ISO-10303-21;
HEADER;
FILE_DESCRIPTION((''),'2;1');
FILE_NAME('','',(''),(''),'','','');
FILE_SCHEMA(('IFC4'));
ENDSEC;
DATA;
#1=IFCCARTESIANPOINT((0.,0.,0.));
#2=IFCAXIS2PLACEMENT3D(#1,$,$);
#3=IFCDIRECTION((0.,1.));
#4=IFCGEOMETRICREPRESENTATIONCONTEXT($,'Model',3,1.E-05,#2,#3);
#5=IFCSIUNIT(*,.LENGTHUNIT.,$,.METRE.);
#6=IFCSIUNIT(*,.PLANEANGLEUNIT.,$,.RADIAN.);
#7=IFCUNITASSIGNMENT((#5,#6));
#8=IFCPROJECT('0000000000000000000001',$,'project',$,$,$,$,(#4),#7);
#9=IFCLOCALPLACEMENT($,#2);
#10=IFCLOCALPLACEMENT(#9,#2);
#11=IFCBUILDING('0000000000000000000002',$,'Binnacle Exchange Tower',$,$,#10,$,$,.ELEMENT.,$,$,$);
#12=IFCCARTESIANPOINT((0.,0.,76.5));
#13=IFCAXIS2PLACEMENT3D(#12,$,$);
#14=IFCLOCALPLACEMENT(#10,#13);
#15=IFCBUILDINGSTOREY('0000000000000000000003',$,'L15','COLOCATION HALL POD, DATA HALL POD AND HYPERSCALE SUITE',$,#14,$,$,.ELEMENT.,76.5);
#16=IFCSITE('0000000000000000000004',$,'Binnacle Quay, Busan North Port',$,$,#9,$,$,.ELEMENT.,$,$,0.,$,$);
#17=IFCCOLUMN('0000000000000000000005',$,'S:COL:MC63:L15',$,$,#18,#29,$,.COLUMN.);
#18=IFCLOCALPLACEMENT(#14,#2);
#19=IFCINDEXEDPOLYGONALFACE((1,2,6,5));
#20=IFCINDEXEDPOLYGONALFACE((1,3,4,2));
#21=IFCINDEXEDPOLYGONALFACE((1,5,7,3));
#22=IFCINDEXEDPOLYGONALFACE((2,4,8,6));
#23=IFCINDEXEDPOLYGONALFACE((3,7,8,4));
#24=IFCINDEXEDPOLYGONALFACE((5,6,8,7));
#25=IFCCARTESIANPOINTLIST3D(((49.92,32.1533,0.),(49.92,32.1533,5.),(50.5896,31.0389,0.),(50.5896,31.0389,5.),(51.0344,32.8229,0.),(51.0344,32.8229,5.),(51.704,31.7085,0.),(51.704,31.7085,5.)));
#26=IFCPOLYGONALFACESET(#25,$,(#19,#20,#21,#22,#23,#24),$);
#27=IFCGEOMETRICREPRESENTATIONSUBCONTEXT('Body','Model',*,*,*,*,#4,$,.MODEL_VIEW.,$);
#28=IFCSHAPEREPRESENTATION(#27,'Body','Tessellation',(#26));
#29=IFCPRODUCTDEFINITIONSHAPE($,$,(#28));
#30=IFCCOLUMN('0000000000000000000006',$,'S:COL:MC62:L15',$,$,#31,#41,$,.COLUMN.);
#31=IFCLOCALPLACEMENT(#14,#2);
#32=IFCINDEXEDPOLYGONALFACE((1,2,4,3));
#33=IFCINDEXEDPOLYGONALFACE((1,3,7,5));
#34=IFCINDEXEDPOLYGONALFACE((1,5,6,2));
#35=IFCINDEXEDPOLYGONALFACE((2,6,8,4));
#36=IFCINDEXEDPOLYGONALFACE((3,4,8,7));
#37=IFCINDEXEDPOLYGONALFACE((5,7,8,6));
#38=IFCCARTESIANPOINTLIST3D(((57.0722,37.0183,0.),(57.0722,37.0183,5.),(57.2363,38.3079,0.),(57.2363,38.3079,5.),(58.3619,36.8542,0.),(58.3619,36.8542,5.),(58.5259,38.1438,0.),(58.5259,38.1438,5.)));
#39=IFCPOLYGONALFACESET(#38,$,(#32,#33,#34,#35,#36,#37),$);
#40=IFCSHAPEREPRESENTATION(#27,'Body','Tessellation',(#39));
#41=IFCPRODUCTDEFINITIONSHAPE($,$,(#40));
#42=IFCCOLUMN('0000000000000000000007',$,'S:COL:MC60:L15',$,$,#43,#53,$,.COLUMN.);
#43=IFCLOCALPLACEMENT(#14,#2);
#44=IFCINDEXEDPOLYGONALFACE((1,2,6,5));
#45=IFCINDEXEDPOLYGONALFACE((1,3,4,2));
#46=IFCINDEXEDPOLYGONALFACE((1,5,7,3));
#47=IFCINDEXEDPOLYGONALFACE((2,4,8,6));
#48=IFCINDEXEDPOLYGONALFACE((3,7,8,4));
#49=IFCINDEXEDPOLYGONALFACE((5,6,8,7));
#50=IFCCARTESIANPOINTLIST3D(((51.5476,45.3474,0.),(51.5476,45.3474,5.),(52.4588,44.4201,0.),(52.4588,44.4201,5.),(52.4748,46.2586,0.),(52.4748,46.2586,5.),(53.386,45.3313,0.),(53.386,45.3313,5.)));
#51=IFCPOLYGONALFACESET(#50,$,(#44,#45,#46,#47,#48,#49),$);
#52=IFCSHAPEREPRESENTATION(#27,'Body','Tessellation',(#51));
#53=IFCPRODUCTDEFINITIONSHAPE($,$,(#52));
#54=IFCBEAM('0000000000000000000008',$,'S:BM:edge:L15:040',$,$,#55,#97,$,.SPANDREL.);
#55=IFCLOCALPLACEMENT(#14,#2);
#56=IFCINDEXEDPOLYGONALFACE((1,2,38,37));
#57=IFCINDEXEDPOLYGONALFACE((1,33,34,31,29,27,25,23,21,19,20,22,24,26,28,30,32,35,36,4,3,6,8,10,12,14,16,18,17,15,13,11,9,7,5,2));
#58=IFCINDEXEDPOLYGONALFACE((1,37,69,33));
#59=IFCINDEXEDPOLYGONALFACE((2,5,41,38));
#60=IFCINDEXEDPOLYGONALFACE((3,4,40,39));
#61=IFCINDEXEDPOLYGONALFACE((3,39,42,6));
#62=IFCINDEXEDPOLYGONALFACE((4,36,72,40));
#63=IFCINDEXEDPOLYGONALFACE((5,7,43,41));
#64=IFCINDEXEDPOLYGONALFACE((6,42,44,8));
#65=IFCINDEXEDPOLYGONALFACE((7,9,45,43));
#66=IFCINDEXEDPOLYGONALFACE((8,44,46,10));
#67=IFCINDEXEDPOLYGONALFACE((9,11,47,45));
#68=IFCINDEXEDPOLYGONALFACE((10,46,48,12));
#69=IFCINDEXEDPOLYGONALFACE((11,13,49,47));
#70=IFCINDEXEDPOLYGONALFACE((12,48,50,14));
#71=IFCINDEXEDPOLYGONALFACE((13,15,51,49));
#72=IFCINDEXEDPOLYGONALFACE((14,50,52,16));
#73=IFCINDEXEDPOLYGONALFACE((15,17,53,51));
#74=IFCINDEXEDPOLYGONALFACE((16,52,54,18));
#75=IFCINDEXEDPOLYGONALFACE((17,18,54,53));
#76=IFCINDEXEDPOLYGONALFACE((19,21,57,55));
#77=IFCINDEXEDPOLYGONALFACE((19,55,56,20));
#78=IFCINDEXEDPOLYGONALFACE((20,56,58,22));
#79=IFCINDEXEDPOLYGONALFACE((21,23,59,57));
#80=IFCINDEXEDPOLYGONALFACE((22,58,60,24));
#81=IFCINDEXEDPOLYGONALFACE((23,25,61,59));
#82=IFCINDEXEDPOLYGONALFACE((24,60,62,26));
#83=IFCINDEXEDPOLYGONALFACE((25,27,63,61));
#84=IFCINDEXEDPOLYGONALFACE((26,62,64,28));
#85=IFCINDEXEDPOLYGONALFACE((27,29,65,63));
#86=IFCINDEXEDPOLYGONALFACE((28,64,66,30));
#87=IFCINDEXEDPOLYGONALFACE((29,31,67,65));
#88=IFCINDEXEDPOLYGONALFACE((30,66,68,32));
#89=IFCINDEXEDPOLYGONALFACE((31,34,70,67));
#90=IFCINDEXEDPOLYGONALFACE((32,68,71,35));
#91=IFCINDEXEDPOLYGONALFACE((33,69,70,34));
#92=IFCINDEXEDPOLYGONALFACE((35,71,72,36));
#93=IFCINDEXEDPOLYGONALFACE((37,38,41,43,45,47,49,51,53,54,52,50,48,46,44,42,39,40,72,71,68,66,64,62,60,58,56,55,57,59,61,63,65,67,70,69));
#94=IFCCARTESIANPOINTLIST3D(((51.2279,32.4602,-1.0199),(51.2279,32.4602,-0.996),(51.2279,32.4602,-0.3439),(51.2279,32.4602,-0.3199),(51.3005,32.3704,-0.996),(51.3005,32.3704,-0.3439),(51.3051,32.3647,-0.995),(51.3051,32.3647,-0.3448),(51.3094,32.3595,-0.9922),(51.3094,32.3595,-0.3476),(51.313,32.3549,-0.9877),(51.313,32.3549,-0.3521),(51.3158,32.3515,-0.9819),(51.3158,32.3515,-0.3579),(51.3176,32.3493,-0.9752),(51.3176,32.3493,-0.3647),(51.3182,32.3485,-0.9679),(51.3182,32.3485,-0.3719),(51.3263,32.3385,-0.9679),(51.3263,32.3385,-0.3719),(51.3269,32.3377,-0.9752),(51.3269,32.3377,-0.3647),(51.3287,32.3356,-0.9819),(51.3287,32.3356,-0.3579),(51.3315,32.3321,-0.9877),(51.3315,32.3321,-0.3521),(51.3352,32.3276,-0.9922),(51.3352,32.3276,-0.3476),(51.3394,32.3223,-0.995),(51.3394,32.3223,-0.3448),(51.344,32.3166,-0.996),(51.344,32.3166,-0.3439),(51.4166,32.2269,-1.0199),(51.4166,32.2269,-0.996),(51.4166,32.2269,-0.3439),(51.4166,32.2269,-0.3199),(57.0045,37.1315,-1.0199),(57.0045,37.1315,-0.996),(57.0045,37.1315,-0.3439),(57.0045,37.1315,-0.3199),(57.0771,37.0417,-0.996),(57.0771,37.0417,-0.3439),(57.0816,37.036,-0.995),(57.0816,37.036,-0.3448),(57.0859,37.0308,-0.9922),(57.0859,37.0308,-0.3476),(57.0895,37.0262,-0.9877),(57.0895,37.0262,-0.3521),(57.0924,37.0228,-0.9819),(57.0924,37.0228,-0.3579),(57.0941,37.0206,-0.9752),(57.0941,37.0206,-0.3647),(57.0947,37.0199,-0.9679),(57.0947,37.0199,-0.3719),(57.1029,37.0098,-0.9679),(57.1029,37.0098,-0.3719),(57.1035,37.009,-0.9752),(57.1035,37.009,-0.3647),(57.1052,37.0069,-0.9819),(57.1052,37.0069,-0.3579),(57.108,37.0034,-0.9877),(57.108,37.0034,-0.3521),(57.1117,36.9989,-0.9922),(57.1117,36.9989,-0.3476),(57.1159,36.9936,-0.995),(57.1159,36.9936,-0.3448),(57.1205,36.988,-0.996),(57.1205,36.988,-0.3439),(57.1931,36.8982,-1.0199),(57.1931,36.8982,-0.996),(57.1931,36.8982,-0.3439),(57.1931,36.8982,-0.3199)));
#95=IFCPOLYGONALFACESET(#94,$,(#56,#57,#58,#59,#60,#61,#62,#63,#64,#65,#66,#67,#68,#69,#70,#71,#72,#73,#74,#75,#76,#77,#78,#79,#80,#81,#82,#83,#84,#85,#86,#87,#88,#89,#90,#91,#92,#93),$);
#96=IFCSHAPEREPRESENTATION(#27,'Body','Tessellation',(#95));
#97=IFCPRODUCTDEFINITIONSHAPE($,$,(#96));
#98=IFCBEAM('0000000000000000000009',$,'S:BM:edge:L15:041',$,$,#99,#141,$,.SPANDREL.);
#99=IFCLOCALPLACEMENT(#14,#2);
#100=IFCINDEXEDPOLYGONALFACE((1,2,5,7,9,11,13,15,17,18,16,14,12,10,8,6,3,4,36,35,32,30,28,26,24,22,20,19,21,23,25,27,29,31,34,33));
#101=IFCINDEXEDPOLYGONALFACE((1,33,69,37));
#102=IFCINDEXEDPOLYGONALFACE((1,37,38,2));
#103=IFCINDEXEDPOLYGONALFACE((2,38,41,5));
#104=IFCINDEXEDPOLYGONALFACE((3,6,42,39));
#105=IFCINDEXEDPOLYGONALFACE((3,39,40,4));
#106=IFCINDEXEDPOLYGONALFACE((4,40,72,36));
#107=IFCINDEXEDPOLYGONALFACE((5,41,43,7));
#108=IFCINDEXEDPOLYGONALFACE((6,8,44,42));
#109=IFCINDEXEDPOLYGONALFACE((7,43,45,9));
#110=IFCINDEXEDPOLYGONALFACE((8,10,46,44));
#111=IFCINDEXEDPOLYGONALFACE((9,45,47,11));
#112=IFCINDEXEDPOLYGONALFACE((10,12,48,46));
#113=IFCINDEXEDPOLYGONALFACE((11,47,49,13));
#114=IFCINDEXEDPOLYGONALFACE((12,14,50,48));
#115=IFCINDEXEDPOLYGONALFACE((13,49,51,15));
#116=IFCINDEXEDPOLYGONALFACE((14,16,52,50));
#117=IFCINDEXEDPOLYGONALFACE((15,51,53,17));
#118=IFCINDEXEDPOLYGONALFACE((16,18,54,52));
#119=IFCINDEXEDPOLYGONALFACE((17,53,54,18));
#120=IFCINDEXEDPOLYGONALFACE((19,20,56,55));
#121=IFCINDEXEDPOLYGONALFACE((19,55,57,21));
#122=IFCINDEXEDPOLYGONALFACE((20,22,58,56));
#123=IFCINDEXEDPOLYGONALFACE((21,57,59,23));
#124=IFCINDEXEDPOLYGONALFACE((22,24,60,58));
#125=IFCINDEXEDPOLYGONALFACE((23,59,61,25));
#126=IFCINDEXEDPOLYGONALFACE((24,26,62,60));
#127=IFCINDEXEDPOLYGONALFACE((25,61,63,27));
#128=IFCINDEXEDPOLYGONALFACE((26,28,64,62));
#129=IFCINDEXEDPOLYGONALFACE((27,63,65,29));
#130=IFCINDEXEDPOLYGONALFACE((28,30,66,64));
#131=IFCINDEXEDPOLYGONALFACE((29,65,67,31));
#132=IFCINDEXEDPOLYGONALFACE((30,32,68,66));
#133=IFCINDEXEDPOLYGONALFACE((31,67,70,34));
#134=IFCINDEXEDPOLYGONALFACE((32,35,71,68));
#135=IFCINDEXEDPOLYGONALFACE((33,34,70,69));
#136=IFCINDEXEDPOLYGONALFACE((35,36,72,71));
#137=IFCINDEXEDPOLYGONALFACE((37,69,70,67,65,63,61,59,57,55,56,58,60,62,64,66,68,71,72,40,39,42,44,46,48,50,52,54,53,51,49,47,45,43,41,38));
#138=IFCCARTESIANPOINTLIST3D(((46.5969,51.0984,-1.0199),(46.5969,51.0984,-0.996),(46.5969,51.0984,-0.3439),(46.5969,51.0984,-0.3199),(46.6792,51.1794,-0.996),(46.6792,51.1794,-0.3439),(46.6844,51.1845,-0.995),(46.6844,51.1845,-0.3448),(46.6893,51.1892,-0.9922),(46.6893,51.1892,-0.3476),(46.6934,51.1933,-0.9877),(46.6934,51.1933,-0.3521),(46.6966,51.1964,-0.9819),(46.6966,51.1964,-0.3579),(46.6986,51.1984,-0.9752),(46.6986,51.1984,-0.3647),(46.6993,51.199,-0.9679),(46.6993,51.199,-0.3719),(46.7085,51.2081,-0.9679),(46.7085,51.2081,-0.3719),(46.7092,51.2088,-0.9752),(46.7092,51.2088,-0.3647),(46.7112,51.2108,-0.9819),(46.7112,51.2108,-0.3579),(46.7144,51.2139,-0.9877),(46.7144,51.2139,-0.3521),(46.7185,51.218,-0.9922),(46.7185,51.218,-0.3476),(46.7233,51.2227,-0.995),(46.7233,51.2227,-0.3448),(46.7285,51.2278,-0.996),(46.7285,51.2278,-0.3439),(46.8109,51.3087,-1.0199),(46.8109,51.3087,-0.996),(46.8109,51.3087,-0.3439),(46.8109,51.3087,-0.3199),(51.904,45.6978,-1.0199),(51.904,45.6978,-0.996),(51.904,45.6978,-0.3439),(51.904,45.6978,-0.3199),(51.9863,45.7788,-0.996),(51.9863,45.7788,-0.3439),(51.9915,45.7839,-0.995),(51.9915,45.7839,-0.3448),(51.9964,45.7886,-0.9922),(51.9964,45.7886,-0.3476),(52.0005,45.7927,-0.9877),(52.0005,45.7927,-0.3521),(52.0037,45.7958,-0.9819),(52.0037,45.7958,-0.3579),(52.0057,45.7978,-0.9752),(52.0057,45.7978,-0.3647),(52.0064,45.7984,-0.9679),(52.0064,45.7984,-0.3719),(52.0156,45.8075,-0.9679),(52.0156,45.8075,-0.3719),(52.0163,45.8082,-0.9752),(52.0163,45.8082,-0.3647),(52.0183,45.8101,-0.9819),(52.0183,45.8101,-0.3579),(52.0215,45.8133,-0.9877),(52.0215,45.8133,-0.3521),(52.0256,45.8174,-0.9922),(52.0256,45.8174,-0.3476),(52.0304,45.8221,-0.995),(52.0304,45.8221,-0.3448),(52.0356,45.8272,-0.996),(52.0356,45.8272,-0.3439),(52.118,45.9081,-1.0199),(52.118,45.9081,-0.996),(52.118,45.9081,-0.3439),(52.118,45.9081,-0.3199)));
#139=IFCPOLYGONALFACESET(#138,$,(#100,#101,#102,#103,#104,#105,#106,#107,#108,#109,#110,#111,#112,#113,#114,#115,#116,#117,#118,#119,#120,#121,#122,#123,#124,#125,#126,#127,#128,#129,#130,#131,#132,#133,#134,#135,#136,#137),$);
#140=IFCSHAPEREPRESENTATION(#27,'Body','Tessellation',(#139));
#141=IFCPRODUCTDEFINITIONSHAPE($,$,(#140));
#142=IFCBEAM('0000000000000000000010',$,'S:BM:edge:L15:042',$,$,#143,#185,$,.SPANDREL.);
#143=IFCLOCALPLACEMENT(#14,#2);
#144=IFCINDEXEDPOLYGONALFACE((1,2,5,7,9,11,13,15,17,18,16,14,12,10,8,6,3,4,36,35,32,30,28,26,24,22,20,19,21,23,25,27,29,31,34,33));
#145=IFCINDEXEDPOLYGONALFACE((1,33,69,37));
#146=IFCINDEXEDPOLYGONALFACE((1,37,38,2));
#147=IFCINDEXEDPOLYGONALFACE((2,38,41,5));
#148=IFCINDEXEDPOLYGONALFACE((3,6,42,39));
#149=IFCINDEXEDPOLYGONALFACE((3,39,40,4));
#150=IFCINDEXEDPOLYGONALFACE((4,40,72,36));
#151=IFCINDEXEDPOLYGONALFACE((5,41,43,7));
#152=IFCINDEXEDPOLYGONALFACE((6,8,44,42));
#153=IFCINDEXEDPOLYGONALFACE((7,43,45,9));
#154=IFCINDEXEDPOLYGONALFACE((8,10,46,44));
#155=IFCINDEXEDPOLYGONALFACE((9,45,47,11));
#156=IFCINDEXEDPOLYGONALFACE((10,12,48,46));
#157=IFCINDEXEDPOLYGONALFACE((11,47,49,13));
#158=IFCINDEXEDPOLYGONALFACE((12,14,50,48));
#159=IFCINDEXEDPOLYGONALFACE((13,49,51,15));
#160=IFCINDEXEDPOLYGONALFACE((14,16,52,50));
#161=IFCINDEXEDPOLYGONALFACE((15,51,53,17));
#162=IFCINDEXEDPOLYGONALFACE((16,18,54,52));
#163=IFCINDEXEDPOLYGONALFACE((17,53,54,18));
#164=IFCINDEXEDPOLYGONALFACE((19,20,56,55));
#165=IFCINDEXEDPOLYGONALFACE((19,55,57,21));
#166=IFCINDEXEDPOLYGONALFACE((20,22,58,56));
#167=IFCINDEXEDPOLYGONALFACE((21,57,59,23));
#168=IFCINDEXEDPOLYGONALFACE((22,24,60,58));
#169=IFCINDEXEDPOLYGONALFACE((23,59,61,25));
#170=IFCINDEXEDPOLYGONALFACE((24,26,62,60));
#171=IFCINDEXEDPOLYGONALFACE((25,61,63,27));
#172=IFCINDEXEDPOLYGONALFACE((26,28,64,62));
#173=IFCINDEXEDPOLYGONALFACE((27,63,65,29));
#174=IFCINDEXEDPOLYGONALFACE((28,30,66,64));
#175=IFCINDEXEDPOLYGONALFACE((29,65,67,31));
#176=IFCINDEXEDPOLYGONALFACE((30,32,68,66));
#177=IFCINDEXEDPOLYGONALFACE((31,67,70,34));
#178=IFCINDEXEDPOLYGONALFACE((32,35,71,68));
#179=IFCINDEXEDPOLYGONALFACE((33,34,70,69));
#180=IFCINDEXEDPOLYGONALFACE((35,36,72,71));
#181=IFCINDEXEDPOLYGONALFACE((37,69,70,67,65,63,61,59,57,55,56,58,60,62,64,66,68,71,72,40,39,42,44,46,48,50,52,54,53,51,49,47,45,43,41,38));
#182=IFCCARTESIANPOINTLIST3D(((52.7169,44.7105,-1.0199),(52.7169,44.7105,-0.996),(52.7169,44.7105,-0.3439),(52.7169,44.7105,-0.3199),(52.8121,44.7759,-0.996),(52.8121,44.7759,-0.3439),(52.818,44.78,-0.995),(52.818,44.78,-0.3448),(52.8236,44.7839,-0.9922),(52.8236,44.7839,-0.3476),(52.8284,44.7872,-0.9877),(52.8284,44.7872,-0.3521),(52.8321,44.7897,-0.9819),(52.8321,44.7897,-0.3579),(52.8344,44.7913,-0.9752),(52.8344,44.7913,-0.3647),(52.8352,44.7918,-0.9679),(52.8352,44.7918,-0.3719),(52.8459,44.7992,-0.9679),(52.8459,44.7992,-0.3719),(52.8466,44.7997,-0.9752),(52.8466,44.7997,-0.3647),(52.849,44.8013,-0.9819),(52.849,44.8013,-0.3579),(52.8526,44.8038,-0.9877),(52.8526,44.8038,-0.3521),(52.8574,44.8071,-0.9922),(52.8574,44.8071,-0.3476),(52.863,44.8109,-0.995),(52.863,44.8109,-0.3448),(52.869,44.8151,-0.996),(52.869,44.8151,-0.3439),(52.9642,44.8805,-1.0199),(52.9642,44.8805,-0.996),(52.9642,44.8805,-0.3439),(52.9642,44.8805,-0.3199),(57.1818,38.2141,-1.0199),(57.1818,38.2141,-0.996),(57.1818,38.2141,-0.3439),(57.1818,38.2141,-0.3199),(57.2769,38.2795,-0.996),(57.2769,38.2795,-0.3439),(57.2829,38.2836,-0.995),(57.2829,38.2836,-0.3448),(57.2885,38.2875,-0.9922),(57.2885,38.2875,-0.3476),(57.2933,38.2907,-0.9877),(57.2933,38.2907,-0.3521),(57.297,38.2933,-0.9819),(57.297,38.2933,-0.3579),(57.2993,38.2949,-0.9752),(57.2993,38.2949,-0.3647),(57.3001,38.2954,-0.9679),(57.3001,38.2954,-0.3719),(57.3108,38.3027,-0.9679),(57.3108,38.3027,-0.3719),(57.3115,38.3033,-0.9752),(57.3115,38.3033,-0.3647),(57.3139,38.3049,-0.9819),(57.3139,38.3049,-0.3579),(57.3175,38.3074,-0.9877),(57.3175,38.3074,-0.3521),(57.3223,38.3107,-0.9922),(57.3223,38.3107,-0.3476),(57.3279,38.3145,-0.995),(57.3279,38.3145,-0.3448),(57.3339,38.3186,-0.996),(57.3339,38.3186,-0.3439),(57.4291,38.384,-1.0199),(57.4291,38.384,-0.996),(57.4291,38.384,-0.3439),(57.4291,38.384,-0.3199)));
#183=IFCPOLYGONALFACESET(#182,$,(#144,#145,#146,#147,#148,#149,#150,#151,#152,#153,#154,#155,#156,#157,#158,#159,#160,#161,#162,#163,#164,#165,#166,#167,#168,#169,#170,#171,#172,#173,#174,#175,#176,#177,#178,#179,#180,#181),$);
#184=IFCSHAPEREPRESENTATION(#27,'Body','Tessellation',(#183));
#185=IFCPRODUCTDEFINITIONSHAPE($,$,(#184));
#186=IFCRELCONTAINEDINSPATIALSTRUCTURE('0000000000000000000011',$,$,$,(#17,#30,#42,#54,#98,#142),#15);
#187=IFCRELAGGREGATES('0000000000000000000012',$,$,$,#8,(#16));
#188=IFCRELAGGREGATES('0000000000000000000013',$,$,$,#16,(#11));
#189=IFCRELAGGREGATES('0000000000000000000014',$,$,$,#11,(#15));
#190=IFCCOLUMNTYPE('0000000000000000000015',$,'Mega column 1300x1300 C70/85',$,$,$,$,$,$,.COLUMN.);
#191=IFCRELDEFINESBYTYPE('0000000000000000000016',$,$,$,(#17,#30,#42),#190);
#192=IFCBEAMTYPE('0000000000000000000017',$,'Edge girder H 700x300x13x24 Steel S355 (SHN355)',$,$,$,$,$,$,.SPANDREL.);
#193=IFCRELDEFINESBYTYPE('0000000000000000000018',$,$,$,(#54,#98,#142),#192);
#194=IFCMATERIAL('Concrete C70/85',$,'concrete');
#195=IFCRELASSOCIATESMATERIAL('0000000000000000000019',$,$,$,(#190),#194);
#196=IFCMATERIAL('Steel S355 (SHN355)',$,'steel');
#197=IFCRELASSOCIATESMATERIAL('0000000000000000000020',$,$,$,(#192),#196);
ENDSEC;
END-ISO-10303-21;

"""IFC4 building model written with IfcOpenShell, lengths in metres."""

from ifc_helpers import new_model, si_unit, direction, frame, origin, origin_2d, place, context, subcontext, project, spatial, rectangle, i_section, extrude, material, material_profile, profile_set, type_object, element, save


model = new_model("IFC4")

# Units and contexts
model_context = context("Model", 3, precision=1e-05, world=origin(), true_north=direction((0.0, 1.0)))
body_context = subcontext(model_context, "Body", "Model", "MODEL_VIEW")
ifc_project = project(units=[si_unit("LENGTHUNIT", "METRE"), si_unit("PLANEANGLEUNIT", "RADIAN")], contexts=[model_context])

# Site, building, storey
site_placement = place(None, origin())
site = spatial("IfcSite", under=ifc_project, at=site_placement, Name="Binnacle Quay, Busan North Port", CompositionType="ELEMENT", RefElevation=0.0)
building_placement = place(site_placement, origin())
building = spatial("IfcBuilding", under=site, at=building_placement, Name="Binnacle Exchange Tower", CompositionType="ELEMENT")
storey_placement = place(building_placement, frame((0.0, 0.0, 76.5)))
storey = spatial("IfcBuildingStorey", under=building, at=storey_placement, Name="L15", Description="COLOCATION HALL POD, DATA HALL POD AND HYPERSCALE SUITE", CompositionType="ELEMENT", Elevation=76.5)

# Columns
ifc_material_1 = material(Name="Concrete C70/85", Category="concrete")
ifc_material_profile_1 = material_profile(ifc_material_1, rectangle(XDim=1.3, YDim=1.3, at=origin_2d()), Name="Mega column 1300x1300 C70/85")
ifc_profile_set_1 = profile_set([ifc_material_profile_1], Name="Concrete C70/85")
column_type = type_object("IfcColumnType", Name="Mega column 1300x1300 C70/85", PredefinedType="COLUMN", material=ifc_profile_set_1)
for number, where, z_axis, x_axis, name in (
    (1, (50.812, 31.9309, 0.0), (0.0, 0.0, 1.0), (0.857167, 0.515038, 0.0), "S:COL:MC63:L15"),
    (2, (57.7991, 37.5811, 0.0), (0.0, 0.0, 1.0), (0.126199, 0.992005, 0.0), "S:COL:MC62:L15"),
    (3, (52.4668, 45.3394, 0.0), (0.0, 0.0, 1.0), (-0.700909, 0.71325, 0.0), "S:COL:MC60:L15"),
):
    element("IfcColumn", number, at=place(storey_placement, frame(where, z_axis=z_axis, x_axis=x_axis)), inside=storey, type_object=column_type, Name=name, PredefinedType="COLUMN", context=body_context, shape_type="SweptSolid", body=[
        extrude(rectangle(XDim=1.3, YDim=1.3, at=origin_2d()), origin(), (0.0, 0.0, 1.0), 5.0),
    ])

# Beams
ifc_material_2 = material(Name="Steel S355 (SHN355)", Category="steel")
ifc_material_profile_2 = material_profile(ifc_material_2, i_section(OverallWidth=0.3, OverallDepth=0.7, WebThickness=0.0129, FlangeThickness=0.0239, FilletRadius=0.0281, at=origin_2d()), Name="H 700x300x13x24")
ifc_profile_set_2 = profile_set([ifc_material_profile_2], Name="Steel S355 (SHN355)")
beam_type_1 = type_object("IfcBeamType", Name="Edge girder H 700x300x13x24 Steel S355 (SHN355)", PredefinedType="SPANDREL", material=ifc_profile_set_2)
beam_1_placement = place(storey_placement, frame((51.3223, 32.3435, -0.6699), z_axis=(0.777568, 0.628798, 0.0), x_axis=(-0.628798, 0.777568, 0.0)))
element("IfcBeam", 4, at=beam_1_placement, inside=storey, type_object=beam_type_1, Name="S:BM:edge:L15:040", PredefinedType="SPANDREL", context=body_context, shape_type="SweptSolid", body=[
    extrude(i_section(OverallWidth=0.3, OverallDepth=0.7, WebThickness=0.0129, FlangeThickness=0.0239, FilletRadius=0.0281, at=origin_2d()), origin(), (0.0, 0.0, 1.0), 7.429),
])
beam_2_placement = place(storey_placement, frame((52.011, 45.803, -0.6699), z_axis=(-0.700905, 0.713254, 0.0), x_axis=(-0.713254, -0.700905, 0.0)))
element("IfcBeam", 5, at=beam_2_placement, inside=storey, type_object=beam_type_1, Name="S:BM:edge:L15:041", PredefinedType="SPANDREL", context=body_context, shape_type="SweptSolid", body=[
    extrude(i_section(OverallWidth=0.3, OverallDepth=0.7, WebThickness=0.0129, FlangeThickness=0.0239, FilletRadius=0.0281, at=origin_2d()), origin(), (0.0, 0.0, 1.0), 7.5718),
])
beam_3_placement = place(storey_placement, frame((57.3054, 38.2991, -0.6699), z_axis=(-0.566409, 0.824124, 0.0), x_axis=(-0.824124, -0.566409, 0.0)))
element("IfcBeam", 6, at=beam_3_placement, inside=storey, type_object=beam_type_1, Name="S:BM:edge:L15:042", PredefinedType="SPANDREL", context=body_context, shape_type="SweptSolid", body=[
    extrude(i_section(OverallWidth=0.3, OverallDepth=0.7, WebThickness=0.0129, FlangeThickness=0.0239, FilletRadius=0.0281, at=origin_2d()), origin(), (0.0, 0.0, 1.0), 7.8828),
])

save(model, "model.ifc")
